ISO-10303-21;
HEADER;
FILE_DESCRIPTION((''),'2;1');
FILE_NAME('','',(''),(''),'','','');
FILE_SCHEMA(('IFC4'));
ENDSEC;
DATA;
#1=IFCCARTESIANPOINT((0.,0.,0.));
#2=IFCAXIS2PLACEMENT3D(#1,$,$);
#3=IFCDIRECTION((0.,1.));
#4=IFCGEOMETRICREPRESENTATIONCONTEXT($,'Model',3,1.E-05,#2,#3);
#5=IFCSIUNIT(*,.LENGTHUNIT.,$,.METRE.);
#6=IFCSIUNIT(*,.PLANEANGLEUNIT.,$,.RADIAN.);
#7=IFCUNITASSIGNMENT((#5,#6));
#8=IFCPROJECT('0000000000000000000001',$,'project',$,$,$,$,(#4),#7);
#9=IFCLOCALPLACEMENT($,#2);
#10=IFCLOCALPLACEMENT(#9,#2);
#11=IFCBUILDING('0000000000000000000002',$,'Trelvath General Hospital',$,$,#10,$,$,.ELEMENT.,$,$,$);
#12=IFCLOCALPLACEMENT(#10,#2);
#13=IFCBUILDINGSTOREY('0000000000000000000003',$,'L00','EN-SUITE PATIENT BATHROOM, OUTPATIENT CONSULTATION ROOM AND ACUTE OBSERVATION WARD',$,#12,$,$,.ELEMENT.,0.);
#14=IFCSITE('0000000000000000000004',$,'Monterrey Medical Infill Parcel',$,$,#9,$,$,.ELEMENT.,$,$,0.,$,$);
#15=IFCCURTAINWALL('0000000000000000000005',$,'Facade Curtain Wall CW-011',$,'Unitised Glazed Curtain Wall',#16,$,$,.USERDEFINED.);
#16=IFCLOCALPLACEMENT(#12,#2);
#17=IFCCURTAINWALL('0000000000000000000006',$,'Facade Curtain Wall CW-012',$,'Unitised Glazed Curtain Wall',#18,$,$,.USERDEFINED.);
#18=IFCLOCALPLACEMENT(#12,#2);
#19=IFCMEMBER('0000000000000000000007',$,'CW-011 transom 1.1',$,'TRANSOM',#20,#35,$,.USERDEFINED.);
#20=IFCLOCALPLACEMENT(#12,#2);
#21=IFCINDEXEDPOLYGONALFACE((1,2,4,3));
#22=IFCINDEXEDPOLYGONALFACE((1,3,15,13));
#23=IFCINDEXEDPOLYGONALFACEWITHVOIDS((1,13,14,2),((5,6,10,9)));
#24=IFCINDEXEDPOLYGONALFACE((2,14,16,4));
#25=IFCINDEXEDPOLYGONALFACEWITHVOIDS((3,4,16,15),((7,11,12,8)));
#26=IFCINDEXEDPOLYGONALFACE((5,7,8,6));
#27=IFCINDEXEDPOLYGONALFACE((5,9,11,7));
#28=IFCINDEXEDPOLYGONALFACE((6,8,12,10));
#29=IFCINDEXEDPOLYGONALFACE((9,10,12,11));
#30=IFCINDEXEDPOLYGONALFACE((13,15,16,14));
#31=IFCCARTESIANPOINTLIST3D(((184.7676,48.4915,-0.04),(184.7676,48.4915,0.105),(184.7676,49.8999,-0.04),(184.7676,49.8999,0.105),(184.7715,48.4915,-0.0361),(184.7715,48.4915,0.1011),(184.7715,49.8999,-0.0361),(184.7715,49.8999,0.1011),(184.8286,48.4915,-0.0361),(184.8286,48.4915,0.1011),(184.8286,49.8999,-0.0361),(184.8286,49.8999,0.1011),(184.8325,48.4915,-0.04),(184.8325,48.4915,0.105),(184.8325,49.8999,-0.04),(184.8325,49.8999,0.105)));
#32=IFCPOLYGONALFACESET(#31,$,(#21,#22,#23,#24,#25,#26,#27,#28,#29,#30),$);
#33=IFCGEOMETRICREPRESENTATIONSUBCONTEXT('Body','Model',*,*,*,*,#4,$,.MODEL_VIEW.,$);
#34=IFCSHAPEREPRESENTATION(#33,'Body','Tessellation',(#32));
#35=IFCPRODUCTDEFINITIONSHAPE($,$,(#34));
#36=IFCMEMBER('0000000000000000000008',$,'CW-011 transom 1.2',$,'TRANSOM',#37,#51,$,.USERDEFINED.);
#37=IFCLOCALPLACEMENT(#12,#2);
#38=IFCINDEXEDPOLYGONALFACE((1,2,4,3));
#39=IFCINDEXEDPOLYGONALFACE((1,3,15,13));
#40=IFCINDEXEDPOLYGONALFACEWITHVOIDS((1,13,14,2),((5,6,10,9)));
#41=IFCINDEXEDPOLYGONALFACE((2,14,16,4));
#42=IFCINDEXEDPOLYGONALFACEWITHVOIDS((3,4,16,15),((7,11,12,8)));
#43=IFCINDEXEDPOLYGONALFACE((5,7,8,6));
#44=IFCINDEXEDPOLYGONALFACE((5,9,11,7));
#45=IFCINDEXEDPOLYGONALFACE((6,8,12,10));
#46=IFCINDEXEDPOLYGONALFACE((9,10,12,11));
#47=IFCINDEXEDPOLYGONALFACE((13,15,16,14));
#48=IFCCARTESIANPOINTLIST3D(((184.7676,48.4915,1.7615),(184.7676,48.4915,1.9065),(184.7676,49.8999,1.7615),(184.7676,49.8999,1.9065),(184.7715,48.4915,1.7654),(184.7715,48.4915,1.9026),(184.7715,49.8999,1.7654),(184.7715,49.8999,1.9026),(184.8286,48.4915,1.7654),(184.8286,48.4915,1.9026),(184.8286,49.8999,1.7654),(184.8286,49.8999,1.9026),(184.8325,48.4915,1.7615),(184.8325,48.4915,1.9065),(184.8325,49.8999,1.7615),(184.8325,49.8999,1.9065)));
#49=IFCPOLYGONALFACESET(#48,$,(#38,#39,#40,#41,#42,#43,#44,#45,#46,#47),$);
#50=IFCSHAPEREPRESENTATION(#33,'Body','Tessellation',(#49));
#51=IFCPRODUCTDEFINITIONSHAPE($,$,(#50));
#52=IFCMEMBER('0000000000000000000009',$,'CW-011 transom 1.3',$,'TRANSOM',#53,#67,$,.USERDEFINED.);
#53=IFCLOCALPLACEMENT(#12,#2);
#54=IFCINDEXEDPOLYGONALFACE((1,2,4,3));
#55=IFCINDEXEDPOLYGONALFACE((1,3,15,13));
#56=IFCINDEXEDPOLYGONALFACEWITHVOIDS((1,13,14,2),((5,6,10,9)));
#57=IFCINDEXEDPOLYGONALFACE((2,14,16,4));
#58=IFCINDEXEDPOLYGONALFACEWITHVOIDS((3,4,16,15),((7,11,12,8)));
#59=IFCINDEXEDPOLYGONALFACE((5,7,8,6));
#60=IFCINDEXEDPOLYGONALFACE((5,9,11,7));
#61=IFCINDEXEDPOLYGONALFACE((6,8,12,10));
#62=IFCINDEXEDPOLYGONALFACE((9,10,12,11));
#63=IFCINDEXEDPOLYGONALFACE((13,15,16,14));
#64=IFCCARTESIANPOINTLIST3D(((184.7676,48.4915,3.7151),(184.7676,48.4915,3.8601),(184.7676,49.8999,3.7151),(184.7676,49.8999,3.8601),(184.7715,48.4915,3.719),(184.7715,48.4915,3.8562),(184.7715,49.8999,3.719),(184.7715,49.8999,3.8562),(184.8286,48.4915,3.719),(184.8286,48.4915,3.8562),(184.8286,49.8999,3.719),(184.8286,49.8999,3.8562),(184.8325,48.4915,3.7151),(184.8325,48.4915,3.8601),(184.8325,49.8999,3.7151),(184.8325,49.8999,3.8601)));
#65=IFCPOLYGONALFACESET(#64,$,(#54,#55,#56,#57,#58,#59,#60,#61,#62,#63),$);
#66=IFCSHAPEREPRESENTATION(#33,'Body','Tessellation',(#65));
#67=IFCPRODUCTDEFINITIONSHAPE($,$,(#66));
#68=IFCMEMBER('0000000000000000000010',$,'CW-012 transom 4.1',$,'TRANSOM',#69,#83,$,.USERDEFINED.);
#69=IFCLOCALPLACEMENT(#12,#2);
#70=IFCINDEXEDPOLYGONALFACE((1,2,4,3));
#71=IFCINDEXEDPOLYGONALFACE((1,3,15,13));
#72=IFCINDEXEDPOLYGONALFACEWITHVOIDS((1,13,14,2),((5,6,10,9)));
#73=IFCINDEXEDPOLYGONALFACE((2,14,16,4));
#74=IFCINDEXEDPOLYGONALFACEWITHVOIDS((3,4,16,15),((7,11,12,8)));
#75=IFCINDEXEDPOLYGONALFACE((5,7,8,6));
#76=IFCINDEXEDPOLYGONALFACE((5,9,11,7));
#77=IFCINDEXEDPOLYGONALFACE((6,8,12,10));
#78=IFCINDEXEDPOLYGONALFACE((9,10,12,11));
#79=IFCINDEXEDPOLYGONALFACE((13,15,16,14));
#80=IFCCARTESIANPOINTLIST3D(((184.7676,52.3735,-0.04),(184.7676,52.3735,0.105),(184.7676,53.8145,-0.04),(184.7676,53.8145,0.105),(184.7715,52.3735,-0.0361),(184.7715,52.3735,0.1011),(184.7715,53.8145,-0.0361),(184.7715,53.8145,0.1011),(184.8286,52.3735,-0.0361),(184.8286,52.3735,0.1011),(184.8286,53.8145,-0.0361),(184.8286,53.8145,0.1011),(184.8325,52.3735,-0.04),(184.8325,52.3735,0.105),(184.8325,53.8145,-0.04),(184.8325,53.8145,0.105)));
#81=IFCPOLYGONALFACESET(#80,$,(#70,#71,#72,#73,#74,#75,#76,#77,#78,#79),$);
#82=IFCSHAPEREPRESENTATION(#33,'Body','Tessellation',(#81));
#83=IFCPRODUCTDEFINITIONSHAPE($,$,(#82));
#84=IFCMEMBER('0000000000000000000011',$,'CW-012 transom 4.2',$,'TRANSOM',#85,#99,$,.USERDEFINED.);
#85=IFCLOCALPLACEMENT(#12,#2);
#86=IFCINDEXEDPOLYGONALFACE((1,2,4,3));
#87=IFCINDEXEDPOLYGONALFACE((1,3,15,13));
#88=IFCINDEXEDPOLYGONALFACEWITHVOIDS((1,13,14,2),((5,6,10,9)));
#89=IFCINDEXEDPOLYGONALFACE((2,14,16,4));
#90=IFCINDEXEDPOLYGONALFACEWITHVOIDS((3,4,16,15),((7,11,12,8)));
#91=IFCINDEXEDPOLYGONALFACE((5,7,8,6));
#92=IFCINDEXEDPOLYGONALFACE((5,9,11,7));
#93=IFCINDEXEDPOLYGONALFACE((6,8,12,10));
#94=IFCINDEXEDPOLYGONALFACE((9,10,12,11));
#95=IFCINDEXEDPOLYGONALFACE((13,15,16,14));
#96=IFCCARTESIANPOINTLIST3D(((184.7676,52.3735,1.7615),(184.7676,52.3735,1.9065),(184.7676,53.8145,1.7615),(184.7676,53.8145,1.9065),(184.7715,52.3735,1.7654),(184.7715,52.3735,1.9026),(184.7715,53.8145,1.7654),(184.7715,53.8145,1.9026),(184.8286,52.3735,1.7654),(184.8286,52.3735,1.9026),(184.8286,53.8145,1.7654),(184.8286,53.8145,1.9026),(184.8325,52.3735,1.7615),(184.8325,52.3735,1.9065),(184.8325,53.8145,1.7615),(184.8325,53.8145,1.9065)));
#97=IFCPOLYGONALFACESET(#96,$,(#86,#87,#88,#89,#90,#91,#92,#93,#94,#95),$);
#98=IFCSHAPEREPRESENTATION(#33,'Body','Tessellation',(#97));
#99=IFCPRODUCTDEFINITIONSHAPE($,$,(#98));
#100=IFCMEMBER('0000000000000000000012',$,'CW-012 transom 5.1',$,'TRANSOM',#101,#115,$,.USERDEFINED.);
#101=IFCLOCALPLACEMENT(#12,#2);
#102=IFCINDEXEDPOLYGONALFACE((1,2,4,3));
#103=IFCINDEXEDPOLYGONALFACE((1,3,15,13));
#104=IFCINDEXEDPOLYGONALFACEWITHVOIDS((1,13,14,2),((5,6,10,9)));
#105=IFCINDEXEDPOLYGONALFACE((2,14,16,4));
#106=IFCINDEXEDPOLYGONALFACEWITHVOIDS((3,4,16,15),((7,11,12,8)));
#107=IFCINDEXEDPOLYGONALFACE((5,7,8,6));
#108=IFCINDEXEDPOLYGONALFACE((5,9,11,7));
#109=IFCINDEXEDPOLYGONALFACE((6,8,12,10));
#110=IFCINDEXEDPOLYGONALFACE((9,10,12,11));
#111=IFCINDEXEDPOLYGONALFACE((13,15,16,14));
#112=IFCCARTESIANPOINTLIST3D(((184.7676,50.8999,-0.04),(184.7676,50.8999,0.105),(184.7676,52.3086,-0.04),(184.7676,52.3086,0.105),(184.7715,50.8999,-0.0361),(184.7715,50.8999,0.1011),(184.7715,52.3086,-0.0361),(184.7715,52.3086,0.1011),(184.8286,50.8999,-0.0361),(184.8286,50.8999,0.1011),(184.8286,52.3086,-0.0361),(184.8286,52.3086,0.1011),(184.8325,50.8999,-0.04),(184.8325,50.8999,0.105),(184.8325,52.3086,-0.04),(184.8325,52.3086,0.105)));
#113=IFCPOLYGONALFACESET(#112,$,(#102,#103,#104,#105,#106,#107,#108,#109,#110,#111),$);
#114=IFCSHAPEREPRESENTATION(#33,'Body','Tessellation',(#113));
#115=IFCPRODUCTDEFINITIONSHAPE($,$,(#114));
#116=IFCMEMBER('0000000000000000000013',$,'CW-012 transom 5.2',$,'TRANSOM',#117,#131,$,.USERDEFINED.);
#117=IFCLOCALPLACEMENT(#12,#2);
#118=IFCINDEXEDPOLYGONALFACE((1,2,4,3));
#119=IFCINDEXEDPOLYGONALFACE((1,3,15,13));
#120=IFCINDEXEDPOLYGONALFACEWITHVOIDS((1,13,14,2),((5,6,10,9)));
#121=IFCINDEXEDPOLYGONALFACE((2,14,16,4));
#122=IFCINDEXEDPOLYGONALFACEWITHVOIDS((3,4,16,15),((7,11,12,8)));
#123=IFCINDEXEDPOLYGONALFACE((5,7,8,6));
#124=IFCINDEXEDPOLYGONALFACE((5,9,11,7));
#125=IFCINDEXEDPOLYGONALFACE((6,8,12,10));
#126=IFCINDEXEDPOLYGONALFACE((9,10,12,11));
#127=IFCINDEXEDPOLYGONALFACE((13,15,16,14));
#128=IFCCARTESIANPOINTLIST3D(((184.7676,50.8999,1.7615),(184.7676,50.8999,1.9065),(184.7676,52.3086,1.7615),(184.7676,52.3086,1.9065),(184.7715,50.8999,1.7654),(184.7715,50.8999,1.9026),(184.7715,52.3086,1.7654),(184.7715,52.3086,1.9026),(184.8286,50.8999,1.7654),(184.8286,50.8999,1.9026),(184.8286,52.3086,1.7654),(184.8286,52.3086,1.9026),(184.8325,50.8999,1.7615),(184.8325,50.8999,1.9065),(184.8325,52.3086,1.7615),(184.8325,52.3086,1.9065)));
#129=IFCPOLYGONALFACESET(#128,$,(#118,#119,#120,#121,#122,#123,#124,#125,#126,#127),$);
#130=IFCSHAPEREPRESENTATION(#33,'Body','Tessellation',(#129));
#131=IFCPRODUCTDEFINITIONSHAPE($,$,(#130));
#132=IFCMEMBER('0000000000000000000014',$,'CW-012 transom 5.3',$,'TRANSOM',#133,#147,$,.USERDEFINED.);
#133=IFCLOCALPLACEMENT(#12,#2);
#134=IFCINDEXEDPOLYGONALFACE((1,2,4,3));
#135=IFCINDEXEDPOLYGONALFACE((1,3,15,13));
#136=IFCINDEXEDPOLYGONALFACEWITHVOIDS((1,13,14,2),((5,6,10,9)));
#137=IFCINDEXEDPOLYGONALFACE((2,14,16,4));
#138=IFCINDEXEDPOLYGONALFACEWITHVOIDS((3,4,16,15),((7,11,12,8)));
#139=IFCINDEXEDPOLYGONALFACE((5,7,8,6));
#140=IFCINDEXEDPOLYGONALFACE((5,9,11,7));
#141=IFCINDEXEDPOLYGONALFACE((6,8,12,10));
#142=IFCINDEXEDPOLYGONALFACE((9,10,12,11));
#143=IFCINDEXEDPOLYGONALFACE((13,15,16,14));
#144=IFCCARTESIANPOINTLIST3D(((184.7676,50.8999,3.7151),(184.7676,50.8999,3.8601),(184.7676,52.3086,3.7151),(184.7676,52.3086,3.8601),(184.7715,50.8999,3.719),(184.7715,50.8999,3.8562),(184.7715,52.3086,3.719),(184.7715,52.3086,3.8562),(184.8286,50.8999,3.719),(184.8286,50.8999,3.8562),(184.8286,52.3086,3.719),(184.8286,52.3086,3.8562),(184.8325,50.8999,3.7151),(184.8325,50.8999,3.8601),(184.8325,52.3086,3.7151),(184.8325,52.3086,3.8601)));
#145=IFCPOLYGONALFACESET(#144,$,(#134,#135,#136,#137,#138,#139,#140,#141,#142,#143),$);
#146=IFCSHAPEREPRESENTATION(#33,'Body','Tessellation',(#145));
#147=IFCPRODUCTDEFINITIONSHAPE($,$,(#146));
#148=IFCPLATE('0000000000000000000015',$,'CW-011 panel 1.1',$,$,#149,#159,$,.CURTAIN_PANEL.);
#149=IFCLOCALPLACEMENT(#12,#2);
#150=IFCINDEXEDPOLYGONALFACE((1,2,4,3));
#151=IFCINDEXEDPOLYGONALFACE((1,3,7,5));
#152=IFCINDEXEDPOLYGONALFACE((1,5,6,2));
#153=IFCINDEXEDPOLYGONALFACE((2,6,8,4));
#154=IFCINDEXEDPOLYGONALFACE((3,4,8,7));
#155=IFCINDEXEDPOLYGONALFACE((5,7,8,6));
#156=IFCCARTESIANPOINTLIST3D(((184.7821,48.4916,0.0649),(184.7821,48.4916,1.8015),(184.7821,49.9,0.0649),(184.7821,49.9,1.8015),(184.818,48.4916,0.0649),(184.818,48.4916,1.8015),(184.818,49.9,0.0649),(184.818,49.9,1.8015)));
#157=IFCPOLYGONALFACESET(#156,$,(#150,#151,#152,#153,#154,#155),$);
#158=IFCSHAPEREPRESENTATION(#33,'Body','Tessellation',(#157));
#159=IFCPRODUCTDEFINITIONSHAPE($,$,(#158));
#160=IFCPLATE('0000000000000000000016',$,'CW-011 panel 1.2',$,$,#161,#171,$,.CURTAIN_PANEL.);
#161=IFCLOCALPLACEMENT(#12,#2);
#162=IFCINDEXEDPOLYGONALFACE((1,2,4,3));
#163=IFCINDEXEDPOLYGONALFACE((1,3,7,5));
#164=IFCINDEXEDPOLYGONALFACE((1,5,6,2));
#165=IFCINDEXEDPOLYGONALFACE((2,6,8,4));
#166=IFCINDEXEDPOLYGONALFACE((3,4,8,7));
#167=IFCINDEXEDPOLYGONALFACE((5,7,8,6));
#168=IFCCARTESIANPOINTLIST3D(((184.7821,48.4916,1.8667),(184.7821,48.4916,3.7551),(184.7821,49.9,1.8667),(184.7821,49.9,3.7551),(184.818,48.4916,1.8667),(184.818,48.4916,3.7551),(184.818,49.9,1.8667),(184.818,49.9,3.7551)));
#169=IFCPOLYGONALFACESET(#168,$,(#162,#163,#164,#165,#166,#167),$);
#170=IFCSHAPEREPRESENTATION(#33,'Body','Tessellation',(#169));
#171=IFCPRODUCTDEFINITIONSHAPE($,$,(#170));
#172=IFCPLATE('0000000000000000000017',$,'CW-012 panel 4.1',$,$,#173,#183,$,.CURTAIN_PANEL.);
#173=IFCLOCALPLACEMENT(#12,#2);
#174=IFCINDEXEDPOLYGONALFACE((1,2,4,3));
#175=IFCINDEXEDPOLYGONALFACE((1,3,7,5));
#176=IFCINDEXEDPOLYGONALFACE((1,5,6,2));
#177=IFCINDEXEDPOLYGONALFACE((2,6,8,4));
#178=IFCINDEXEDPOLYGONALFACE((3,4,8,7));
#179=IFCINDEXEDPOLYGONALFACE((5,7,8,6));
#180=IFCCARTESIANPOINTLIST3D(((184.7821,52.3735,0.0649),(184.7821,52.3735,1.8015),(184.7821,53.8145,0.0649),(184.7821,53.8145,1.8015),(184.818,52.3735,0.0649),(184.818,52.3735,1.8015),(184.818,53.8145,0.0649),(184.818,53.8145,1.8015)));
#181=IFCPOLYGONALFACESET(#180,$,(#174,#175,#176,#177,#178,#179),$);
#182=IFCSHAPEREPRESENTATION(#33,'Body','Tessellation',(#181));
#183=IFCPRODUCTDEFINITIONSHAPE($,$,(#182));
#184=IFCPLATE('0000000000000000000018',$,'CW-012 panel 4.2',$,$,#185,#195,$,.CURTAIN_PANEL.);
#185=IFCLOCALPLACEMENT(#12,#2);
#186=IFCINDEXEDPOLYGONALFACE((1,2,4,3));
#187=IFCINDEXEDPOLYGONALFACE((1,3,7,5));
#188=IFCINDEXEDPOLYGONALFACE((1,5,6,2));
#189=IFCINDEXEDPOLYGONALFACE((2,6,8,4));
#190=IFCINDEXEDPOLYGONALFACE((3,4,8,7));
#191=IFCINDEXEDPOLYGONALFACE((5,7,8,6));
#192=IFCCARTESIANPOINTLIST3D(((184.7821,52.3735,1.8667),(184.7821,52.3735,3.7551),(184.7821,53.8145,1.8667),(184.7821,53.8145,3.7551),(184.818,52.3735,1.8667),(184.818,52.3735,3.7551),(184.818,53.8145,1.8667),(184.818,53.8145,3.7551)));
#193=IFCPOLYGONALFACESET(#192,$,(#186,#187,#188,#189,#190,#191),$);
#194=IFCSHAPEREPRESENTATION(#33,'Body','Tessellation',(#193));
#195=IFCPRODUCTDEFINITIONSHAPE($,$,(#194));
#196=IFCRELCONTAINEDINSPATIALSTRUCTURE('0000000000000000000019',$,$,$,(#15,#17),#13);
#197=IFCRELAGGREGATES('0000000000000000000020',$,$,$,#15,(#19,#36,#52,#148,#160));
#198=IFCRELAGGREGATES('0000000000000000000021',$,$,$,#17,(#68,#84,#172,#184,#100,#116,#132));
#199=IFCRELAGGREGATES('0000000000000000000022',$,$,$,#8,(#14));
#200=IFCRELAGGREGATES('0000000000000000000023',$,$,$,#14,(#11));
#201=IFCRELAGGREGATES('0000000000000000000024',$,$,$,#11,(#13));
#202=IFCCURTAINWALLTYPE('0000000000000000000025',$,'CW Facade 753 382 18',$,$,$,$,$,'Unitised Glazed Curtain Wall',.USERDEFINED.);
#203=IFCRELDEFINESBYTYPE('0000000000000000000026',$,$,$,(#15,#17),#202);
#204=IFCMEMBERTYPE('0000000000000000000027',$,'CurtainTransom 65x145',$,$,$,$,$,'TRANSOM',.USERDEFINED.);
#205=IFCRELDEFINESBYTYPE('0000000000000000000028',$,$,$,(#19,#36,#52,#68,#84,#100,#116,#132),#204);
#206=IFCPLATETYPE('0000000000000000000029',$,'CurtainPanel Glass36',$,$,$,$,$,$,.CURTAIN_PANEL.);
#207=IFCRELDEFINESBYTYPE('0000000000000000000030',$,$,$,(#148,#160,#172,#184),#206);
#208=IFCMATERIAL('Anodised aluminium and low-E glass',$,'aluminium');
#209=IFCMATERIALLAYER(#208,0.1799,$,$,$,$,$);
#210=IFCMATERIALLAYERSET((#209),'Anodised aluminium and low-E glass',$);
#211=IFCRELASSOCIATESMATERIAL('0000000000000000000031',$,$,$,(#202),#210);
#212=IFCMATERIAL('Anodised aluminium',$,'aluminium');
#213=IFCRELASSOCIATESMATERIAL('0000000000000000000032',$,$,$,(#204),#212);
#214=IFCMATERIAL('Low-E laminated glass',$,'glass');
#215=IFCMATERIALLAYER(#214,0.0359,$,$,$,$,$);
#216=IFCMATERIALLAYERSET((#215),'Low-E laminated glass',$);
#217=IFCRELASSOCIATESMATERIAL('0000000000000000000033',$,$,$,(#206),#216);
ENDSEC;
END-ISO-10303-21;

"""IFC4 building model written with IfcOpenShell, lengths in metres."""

from ifc_helpers import new_model, si_unit, direction, frame, origin, origin_2d, place, context, subcontext, project, spatial, rectangle, hollow_rectangle, extrude, material, layer, layer_set, material_profile, profile_set, type_object, element, aggregate, save


model = new_model("IFC4")

# Units and contexts
model_context = context("Model", 3, precision=1e-05, world=origin(), true_north=direction((0.0, 1.0)))
body_context = subcontext(model_context, "Body", "Model", "MODEL_VIEW")
ifc_project = project(units=[si_unit("LENGTHUNIT", "METRE"), si_unit("PLANEANGLEUNIT", "RADIAN")], contexts=[model_context])

# Site, building, storey
site_placement = place(None, origin())
site = spatial("IfcSite", under=ifc_project, at=site_placement, Name="Monterrey Medical Infill Parcel", CompositionType="ELEMENT", RefElevation=0.0)
building_placement = place(site_placement, origin())
building = spatial("IfcBuilding", under=site, at=building_placement, Name="Trelvath General Hospital", CompositionType="ELEMENT")
storey_placement = place(building_placement, origin())
storey = spatial("IfcBuildingStorey", under=building, at=storey_placement, Name="L00", Description="EN-SUITE PATIENT BATHROOM, OUTPATIENT CONSULTATION ROOM AND ACUTE OBSERVATION WARD", CompositionType="ELEMENT", Elevation=0.0)

# Curtain wall
ifc_material_1 = material(Name="Anodised aluminium and low-E glass", Category="aluminium")
ifc_layer_1 = layer(ifc_material_1, 0.1799)
ifc_layer_set_1 = layer_set([ifc_layer_1], Name="Anodised aluminium and low-E glass")
curtain_wall_type = type_object("IfcCurtainWallType", Name="CW Facade 753 382 18", ElementType="Unitised Glazed Curtain Wall", PredefinedType="USERDEFINED", material=ifc_layer_set_1)
curtain_wall_1_placement = place(storey_placement, origin())
curtain_wall_1 = element("IfcCurtainWall", 1, at=curtain_wall_1_placement, inside=storey, type_object=curtain_wall_type, Name="Facade Curtain Wall CW-011", ObjectType="Unitised Glazed Curtain Wall", PredefinedType="USERDEFINED")

# Curtain wall
curtain_wall_2_placement = place(storey_placement, origin())
curtain_wall_2 = element("IfcCurtainWall", 2, at=curtain_wall_2_placement, inside=storey, type_object=curtain_wall_type, Name="Facade Curtain Wall CW-012", ObjectType="Unitised Glazed Curtain Wall", PredefinedType="USERDEFINED")

# Members
ifc_material_2 = material(Name="Anodised aluminium", Category="aluminium")
ifc_material_profile_1 = material_profile(ifc_material_2, hollow_rectangle(XDim=0.0649, YDim=0.145, WallThickness=0.0039, at=origin_2d()), Name="RHS65x145x4")
ifc_profile_set_1 = profile_set([ifc_material_profile_1], Name="Anodised aluminium")
member_type_1 = type_object("IfcMemberType", Name="CurtainTransom 65x145", ElementType="TRANSOM", PredefinedType="USERDEFINED", material=ifc_profile_set_1)
member_1_placement = place(storey_placement, frame((184.8, 49.8999, 0.0325), z_axis=(0.0, -1.0, 0.0), x_axis=(1.0, 0.0, 0.0)))
member_1 = element("IfcMember", 3, at=member_1_placement, type_object=member_type_1, Name="CW-011 transom 1.1", ObjectType="TRANSOM", PredefinedType="USERDEFINED", context=body_context, shape_type="SweptSolid", body=[
    extrude(hollow_rectangle(XDim=0.0649, YDim=0.145, WallThickness=0.0039, at=origin_2d()), origin(), (0.0, 0.0, 1.0), 1.4084),
])
member_2_placement = place(storey_placement, frame((184.8, 49.8999, 1.834), z_axis=(0.0, -1.0, 0.0), x_axis=(1.0, 0.0, 0.0)))
member_2 = element("IfcMember", 4, at=member_2_placement, type_object=member_type_1, Name="CW-011 transom 1.2", ObjectType="TRANSOM", PredefinedType="USERDEFINED", context=body_context, shape_type="SweptSolid", body=[
    extrude(hollow_rectangle(XDim=0.0649, YDim=0.145, WallThickness=0.0039, at=origin_2d()), origin(), (0.0, 0.0, 1.0), 1.4084),
])
member_3_placement = place(storey_placement, frame((184.8, 49.8999, 3.7876), z_axis=(0.0, -1.0, 0.0), x_axis=(1.0, 0.0, 0.0)))
member_3 = element("IfcMember", 5, at=member_3_placement, type_object=member_type_1, Name="CW-011 transom 1.3", ObjectType="TRANSOM", PredefinedType="USERDEFINED", context=body_context, shape_type="SweptSolid", body=[
    extrude(hollow_rectangle(XDim=0.0649, YDim=0.145, WallThickness=0.0039, at=origin_2d()), origin(), (0.0, 0.0, 1.0), 1.4084),
])
member_4_placement = place(storey_placement, frame((184.8, 53.8145, 0.0325), z_axis=(0.0, -1.0, 0.0), x_axis=(1.0, 0.0, 0.0)))
member_4 = element("IfcMember", 6, at=member_4_placement, type_object=member_type_1, Name="CW-012 transom 4.1", ObjectType="TRANSOM", PredefinedType="USERDEFINED", context=body_context, shape_type="SweptSolid", body=[
    extrude(hollow_rectangle(XDim=0.0649, YDim=0.145, WallThickness=0.0039, at=origin_2d()), origin(), (0.0, 0.0, 1.0), 1.4409),
])
member_5_placement = place(storey_placement, frame((184.8, 53.8145, 1.834), z_axis=(0.0, -1.0, 0.0), x_axis=(1.0, 0.0, 0.0)))
member_5 = element("IfcMember", 7, at=member_5_placement, type_object=member_type_1, Name="CW-012 transom 4.2", ObjectType="TRANSOM", PredefinedType="USERDEFINED", context=body_context, shape_type="SweptSolid", body=[
    extrude(hollow_rectangle(XDim=0.0649, YDim=0.145, WallThickness=0.0039, at=origin_2d()), origin(), (0.0, 0.0, 1.0), 1.4409),
])
member_6_placement = place(storey_placement, frame((184.8, 52.3086, 0.0325), z_axis=(0.0, -1.0, 0.0), x_axis=(1.0, 0.0, 0.0)))
member_6 = element("IfcMember", 8, at=member_6_placement, type_object=member_type_1, Name="CW-012 transom 5.1", ObjectType="TRANSOM", PredefinedType="USERDEFINED", context=body_context, shape_type="SweptSolid", body=[
    extrude(hollow_rectangle(XDim=0.0649, YDim=0.145, WallThickness=0.0039, at=origin_2d()), origin(), (0.0, 0.0, 1.0), 1.4087),
])
member_7_placement = place(storey_placement, frame((184.8, 52.3086, 1.834), z_axis=(0.0, -1.0, 0.0), x_axis=(1.0, 0.0, 0.0)))
member_7 = element("IfcMember", 9, at=member_7_placement, type_object=member_type_1, Name="CW-012 transom 5.2", ObjectType="TRANSOM", PredefinedType="USERDEFINED", context=body_context, shape_type="SweptSolid", body=[
    extrude(hollow_rectangle(XDim=0.0649, YDim=0.145, WallThickness=0.0039, at=origin_2d()), origin(), (0.0, 0.0, 1.0), 1.4087),
])
member_8_placement = place(storey_placement, frame((184.8, 52.3086, 3.7876), z_axis=(0.0, -1.0, 0.0), x_axis=(1.0, 0.0, 0.0)))
member_8 = element("IfcMember", 10, at=member_8_placement, type_object=member_type_1, Name="CW-012 transom 5.3", ObjectType="TRANSOM", PredefinedType="USERDEFINED", context=body_context, shape_type="SweptSolid", body=[
    extrude(hollow_rectangle(XDim=0.0649, YDim=0.145, WallThickness=0.0039, at=origin_2d()), origin(), (0.0, 0.0, 1.0), 1.4087),
])

# Plates
ifc_material_3 = material(Name="Low-E laminated glass", Category="glass")
ifc_layer_2 = layer(ifc_material_3, 0.0359)
ifc_layer_set_2 = layer_set([ifc_layer_2], Name="Low-E laminated glass")
plate_type = type_object("IfcPlateType", Name="CurtainPanel Glass36", PredefinedType="CURTAIN_PANEL", material=ifc_layer_set_2)
plate_1_placement = place(storey_placement, frame((184.8, 49.1958, 0.0649), z_axis=(0.0, 0.0, 1.0), x_axis=(0.0, -1.0, 0.0)))
plate_1 = element("IfcPlate", 11, at=plate_1_placement, type_object=plate_type, Name="CW-011 panel 1.1", PredefinedType="CURTAIN_PANEL", context=body_context, shape_type="SweptSolid", body=[
    extrude(rectangle(XDim=1.4084, YDim=0.0359, at=origin_2d()), origin(), (0.0, 0.0, 1.0), 1.7366),
])
plate_2_placement = place(storey_placement, frame((184.8, 49.1958, 1.8667), z_axis=(0.0, 0.0, 1.0), x_axis=(0.0, -1.0, 0.0)))
plate_2 = element("IfcPlate", 12, at=plate_2_placement, type_object=plate_type, Name="CW-011 panel 1.2", PredefinedType="CURTAIN_PANEL", context=body_context, shape_type="SweptSolid", body=[
    extrude(rectangle(XDim=1.4084, YDim=0.0359, at=origin_2d()), origin(), (0.0, 0.0, 1.0), 1.8884),
])
aggregate(curtain_wall_1, [member_1, member_2, member_3, plate_1, plate_2])
plate_3_placement = place(storey_placement, frame((184.8, 53.094, 0.0649), z_axis=(0.0, 0.0, 1.0), x_axis=(0.0, -1.0, 0.0)))
plate_3 = element("IfcPlate", 13, at=plate_3_placement, type_object=plate_type, Name="CW-012 panel 4.1", PredefinedType="CURTAIN_PANEL", context=body_context, shape_type="SweptSolid", body=[
    extrude(rectangle(XDim=1.4409, YDim=0.0359, at=origin_2d()), origin(), (0.0, 0.0, 1.0), 1.7366),
])
plate_4_placement = place(storey_placement, frame((184.8, 53.094, 1.8667), z_axis=(0.0, 0.0, 1.0), x_axis=(0.0, -1.0, 0.0)))
plate_4 = element("IfcPlate", 14, at=plate_4_placement, type_object=plate_type, Name="CW-012 panel 4.2", PredefinedType="CURTAIN_PANEL", context=body_context, shape_type="SweptSolid", body=[
    extrude(rectangle(XDim=1.4409, YDim=0.0359, at=origin_2d()), origin(), (0.0, 0.0, 1.0), 1.8884),
])
aggregate(curtain_wall_2, [member_4, member_5, plate_3, plate_4, member_6, member_7, member_8])

save(model, "model.ifc")
